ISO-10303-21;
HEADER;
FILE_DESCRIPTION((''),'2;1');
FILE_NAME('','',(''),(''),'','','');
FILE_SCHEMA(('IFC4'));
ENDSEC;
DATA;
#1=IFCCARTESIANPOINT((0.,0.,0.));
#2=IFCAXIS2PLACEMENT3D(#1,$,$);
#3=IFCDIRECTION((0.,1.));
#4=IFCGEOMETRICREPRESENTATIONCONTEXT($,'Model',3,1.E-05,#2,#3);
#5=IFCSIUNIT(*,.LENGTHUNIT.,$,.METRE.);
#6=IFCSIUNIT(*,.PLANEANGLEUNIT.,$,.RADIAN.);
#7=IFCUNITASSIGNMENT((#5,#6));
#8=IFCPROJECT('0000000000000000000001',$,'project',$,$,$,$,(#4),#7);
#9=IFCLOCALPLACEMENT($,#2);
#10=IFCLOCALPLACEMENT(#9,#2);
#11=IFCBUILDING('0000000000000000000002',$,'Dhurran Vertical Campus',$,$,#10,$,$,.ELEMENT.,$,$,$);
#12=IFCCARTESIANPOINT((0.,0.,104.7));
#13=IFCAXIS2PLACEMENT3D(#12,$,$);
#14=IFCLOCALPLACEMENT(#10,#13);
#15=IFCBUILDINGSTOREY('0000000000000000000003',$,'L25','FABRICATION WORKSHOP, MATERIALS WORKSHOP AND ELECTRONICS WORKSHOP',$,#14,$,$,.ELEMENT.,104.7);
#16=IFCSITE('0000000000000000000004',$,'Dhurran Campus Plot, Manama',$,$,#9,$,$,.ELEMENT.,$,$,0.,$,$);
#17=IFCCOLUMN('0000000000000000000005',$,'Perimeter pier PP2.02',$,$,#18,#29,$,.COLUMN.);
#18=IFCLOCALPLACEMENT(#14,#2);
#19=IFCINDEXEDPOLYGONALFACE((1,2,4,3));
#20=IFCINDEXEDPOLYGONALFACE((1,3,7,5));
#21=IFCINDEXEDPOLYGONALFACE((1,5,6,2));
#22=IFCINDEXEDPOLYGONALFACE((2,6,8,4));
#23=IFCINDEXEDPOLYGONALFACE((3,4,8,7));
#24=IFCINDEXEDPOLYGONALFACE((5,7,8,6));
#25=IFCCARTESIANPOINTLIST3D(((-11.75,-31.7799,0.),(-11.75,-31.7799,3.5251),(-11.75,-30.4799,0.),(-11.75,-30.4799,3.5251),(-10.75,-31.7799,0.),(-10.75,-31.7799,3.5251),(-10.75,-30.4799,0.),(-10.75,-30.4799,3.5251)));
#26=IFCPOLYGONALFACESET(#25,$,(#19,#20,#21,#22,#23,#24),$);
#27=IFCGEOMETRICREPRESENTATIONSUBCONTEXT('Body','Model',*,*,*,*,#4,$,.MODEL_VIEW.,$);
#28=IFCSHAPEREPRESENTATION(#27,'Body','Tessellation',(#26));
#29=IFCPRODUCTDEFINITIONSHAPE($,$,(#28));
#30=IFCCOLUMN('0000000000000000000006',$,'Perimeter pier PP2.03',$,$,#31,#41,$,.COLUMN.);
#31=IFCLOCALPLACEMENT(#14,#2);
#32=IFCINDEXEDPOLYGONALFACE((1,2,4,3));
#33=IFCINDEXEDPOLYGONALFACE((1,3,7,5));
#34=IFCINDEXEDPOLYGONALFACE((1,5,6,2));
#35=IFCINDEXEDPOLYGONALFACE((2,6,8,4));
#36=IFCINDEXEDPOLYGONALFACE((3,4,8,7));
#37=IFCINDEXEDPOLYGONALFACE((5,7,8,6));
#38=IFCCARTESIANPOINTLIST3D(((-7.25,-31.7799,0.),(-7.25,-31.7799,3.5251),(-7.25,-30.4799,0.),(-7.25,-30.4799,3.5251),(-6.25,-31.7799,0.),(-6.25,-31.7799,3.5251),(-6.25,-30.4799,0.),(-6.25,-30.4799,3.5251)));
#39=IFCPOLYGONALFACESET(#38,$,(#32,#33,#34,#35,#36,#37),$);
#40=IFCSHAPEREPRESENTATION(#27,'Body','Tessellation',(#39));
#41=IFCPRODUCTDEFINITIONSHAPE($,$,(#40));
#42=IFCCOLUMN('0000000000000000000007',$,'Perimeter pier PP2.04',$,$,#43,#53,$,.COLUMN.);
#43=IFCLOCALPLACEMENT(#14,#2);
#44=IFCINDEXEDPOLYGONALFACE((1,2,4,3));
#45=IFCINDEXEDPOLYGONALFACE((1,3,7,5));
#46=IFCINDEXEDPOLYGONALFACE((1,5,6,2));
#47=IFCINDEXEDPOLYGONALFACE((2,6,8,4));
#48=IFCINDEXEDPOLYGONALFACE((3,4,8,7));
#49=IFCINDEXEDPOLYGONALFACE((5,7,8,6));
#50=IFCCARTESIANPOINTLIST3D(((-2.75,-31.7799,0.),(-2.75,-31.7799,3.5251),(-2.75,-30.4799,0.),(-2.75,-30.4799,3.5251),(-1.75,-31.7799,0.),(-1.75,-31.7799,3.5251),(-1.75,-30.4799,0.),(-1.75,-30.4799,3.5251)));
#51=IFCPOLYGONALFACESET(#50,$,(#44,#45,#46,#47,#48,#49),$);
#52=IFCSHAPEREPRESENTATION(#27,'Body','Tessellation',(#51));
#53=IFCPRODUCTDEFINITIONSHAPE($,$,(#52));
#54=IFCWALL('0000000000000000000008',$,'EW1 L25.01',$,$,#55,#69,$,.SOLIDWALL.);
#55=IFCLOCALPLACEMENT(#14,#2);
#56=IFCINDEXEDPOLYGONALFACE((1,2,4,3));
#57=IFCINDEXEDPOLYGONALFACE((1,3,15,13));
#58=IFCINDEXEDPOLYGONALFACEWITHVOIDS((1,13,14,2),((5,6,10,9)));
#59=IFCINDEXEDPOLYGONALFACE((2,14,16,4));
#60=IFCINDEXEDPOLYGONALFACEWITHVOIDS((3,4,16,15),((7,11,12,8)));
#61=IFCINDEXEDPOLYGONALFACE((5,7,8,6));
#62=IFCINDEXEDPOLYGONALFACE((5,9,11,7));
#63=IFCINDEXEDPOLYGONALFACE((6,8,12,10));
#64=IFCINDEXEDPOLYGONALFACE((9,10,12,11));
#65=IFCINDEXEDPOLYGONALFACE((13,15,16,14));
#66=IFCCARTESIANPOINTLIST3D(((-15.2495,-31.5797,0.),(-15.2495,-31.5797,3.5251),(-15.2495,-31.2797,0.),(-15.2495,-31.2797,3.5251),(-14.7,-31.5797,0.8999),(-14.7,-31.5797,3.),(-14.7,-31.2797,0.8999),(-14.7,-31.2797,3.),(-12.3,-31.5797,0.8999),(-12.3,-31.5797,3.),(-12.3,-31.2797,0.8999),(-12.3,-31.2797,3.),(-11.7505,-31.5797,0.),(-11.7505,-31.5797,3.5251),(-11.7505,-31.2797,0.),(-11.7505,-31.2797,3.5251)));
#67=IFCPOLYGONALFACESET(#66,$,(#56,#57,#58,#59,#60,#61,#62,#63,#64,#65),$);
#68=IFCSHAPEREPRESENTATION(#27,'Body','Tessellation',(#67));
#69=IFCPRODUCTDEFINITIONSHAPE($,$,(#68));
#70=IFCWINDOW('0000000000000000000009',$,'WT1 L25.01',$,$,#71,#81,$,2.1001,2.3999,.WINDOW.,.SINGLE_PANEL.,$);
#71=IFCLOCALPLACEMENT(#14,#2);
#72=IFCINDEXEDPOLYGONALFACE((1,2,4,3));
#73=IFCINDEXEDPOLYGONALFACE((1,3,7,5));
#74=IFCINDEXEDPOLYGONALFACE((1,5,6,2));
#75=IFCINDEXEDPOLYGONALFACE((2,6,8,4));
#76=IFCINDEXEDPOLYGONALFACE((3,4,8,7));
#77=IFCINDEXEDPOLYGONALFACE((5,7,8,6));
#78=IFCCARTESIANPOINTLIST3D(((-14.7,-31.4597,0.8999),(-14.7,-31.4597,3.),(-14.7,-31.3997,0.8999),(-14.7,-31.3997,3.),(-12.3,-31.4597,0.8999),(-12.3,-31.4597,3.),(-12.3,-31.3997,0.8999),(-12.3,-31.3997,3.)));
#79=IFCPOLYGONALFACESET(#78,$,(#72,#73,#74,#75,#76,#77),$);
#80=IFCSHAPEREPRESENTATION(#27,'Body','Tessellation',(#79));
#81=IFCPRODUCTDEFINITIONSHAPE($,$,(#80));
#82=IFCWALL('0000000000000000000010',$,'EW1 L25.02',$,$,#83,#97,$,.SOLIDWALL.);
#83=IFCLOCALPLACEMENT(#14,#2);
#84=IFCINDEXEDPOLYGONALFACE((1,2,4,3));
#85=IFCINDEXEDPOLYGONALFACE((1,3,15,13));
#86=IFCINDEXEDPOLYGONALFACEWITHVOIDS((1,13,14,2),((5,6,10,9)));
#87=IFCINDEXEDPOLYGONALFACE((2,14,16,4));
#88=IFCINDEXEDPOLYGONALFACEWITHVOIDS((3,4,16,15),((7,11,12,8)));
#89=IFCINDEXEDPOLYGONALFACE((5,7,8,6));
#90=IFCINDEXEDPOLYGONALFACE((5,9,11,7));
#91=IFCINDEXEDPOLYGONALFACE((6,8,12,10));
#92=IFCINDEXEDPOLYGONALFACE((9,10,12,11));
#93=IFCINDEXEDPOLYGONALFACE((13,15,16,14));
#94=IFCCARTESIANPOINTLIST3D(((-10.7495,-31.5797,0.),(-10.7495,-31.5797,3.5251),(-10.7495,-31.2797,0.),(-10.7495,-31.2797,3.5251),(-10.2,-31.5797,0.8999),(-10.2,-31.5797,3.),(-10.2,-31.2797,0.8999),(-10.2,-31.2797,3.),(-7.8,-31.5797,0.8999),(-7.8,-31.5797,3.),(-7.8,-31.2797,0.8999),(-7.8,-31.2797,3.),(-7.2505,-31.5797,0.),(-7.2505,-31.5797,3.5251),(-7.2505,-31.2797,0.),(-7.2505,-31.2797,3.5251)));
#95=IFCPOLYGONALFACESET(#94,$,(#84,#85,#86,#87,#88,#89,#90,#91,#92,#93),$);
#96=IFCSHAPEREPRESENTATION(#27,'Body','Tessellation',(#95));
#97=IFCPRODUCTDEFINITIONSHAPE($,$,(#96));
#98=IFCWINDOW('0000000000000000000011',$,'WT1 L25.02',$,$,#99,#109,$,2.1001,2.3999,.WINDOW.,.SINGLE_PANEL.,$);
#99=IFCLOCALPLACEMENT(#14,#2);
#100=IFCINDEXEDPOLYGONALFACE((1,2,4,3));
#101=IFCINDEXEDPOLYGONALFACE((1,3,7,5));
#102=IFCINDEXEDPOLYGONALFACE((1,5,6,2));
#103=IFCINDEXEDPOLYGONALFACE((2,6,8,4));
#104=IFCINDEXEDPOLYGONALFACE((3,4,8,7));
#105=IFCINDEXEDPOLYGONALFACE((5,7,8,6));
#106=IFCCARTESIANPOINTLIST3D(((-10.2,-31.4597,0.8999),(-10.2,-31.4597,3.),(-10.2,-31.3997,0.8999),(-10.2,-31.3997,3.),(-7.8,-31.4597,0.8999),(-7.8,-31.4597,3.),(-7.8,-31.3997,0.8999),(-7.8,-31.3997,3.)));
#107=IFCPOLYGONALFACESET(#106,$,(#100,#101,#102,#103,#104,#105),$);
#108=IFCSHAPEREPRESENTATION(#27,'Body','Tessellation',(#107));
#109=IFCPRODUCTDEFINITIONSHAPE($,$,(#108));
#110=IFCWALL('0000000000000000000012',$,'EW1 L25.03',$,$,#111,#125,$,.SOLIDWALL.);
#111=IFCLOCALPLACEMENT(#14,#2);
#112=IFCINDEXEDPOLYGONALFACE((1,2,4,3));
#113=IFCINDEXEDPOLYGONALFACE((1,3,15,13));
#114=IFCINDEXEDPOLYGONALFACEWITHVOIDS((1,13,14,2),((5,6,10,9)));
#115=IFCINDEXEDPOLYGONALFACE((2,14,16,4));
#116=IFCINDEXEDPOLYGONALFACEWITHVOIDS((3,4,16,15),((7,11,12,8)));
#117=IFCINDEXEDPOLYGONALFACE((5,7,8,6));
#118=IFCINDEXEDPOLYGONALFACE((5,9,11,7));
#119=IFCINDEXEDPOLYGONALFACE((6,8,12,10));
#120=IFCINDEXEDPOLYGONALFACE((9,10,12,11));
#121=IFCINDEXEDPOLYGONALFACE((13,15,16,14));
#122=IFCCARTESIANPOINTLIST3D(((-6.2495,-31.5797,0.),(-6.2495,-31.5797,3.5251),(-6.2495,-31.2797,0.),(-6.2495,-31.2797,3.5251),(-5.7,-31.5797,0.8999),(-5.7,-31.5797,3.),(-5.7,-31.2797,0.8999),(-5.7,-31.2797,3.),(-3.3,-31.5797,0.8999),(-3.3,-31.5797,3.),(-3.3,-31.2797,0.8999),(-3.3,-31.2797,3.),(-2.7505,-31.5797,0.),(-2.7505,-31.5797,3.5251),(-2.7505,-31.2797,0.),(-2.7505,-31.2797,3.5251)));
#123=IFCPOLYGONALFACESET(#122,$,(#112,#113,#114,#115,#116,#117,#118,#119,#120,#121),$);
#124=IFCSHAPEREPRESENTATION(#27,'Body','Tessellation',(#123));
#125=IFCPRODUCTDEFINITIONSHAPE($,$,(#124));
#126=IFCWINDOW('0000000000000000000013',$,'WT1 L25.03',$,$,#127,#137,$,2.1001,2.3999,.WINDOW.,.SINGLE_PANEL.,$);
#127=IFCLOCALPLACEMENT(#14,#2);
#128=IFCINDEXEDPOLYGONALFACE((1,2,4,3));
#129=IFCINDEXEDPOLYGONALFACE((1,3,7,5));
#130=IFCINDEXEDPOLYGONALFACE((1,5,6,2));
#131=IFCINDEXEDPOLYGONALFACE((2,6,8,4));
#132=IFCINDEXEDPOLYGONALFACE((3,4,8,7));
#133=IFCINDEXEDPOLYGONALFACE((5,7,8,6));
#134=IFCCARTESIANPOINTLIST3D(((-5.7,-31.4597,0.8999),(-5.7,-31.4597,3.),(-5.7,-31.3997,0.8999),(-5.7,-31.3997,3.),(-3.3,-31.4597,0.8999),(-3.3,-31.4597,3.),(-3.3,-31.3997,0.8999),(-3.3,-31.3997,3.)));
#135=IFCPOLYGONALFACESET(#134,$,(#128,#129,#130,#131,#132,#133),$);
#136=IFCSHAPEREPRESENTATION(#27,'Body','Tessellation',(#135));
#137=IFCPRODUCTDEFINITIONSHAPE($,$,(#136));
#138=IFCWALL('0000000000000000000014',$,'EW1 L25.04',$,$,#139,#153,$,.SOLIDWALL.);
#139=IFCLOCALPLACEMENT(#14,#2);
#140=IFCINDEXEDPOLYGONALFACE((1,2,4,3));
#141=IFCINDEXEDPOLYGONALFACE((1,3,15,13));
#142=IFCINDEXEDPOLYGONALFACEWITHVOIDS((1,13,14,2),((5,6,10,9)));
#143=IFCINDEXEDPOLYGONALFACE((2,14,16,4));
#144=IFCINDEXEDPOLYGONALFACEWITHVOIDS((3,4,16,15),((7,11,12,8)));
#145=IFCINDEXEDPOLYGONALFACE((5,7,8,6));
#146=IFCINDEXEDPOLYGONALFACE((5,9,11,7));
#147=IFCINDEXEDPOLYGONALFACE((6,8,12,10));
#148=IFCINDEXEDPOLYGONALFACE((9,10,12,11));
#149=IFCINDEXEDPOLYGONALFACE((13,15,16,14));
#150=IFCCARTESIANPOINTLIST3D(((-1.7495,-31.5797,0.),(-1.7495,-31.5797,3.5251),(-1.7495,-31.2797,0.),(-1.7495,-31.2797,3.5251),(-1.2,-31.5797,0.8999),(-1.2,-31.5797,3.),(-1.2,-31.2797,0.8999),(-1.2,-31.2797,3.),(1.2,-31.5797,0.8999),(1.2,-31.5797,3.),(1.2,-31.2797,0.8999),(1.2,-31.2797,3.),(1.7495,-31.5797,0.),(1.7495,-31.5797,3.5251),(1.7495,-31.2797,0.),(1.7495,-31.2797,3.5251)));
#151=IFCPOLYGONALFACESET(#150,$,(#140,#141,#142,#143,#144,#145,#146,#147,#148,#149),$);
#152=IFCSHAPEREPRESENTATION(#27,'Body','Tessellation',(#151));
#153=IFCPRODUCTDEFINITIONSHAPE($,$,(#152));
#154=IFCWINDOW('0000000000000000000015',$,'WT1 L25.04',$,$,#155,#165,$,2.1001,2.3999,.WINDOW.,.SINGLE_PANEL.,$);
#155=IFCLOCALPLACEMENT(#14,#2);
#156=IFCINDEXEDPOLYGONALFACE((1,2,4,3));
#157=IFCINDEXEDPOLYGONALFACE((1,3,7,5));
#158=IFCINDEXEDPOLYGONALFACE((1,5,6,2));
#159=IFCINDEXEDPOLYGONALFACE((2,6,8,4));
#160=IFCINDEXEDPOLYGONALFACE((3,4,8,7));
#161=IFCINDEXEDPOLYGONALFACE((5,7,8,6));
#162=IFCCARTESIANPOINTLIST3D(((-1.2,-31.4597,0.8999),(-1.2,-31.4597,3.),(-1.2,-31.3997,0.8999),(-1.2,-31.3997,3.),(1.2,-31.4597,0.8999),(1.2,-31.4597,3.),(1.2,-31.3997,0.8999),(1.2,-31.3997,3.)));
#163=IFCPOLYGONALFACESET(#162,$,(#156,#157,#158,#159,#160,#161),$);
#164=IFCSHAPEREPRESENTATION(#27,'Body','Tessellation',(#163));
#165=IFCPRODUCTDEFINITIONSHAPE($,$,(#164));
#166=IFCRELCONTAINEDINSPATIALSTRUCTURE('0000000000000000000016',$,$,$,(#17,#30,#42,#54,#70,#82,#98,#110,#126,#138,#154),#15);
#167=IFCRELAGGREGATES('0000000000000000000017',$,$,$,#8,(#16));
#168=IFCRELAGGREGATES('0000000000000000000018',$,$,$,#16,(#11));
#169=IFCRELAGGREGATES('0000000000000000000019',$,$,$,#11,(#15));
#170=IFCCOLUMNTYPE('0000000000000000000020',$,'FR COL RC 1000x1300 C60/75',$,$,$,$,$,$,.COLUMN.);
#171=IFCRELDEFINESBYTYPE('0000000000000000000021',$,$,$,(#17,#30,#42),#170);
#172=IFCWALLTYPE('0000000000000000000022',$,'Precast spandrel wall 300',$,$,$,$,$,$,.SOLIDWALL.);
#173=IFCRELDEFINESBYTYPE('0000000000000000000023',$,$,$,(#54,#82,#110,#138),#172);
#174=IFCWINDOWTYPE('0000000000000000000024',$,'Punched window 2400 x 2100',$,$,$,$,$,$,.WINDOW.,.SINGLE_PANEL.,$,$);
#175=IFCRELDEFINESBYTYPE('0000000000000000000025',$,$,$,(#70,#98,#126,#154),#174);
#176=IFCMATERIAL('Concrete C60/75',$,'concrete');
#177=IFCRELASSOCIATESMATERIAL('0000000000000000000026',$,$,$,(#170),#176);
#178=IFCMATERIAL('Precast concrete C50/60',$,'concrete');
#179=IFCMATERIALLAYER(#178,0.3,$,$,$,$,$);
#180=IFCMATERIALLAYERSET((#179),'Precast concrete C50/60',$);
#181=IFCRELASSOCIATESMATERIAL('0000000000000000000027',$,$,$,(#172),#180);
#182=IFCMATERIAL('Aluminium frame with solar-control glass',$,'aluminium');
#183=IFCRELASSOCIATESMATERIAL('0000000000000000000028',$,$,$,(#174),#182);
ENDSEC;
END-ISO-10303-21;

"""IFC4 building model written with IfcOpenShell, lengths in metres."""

from ifc_helpers import new_model, si_unit, direction, frame, frame_2d, origin, origin_2d, place, context, subcontext, project, spatial, rectangle, extrude, material, layer, layer_set, material_profile, profile_set, type_object, element, fill, save


model = new_model("IFC4")

# Units and contexts
model_context = context("Model", 3, precision=1e-05, world=origin(), true_north=direction((0.0, 1.0)))
body_context = subcontext(model_context, "Body", "Model", "MODEL_VIEW")
ifc_project = project(units=[si_unit("LENGTHUNIT", "METRE"), si_unit("PLANEANGLEUNIT", "RADIAN")], contexts=[model_context])

# Site, building, storey
site_placement = place(None, origin())
site = spatial("IfcSite", under=ifc_project, at=site_placement, Name="Dhurran Campus Plot, Manama", CompositionType="ELEMENT", RefElevation=0.0)
building_placement = place(site_placement, origin())
building = spatial("IfcBuilding", under=site, at=building_placement, Name="Dhurran Vertical Campus", CompositionType="ELEMENT")
storey_placement = place(building_placement, frame((0.0, 0.0, 104.7)))
storey = spatial("IfcBuildingStorey", under=building, at=storey_placement, Name="L25", Description="FABRICATION WORKSHOP, MATERIALS WORKSHOP AND ELECTRONICS WORKSHOP", CompositionType="ELEMENT", Elevation=104.7)

# Columns
ifc_material_1 = material(Name="Concrete C60/75", Category="concrete")
ifc_material_profile = material_profile(ifc_material_1, rectangle(XDim=1.0, YDim=1.3, at=origin_2d()), Name="RC 1000x1300")
ifc_profile_set = profile_set([ifc_material_profile], Name="Concrete C60/75")
column_type = type_object("IfcColumnType", Name="FR COL RC 1000x1300 C60/75", PredefinedType="COLUMN", material=ifc_profile_set)
for number, where, z_axis, x_axis, name in (
    (1, (-11.25, -31.1299, 0.0), (0.0, 0.0, 1.0), (1.0, 0.0, 0.0), "Perimeter pier PP2.02"),
    (2, (-6.75, -31.1299, 0.0), (0.0, 0.0, 1.0), (1.0, 0.0, 0.0), "Perimeter pier PP2.03"),
    (3, (-2.25, -31.1299, 0.0), (0.0, 0.0, 1.0), (1.0, 0.0, 0.0), "Perimeter pier PP2.04"),
):
    element("IfcColumn", number, at=place(storey_placement, frame(where, z_axis=z_axis, x_axis=x_axis)), inside=storey, type_object=column_type, Name=name, PredefinedType="COLUMN", context=body_context, shape_type="SweptSolid", body=[
        extrude(rectangle(XDim=1.0, YDim=1.3, at=origin_2d()), origin(), (0.0, 0.0, 1.0), 3.5251),
    ])

# Walls, openings, windows
ifc_material_2 = material(Name="Precast concrete C50/60", Category="concrete")
ifc_layer_1 = layer(ifc_material_2, 0.3)
ifc_layer_set_1 = layer_set([ifc_layer_1], Name="Precast concrete C50/60")
wall_type_1 = type_object("IfcWallType", Name="Precast spandrel wall 300", PredefinedType="SOLIDWALL", material=ifc_layer_set_1)
wall_1_placement = place(storey_placement, frame((-15.2495, -31.4297, 0.0), z_axis=(0.0, 0.0, 1.0), x_axis=(1.0, 0.0, 0.0)))
wall_1 = element("IfcWall", 4, at=wall_1_placement, inside=storey, type_object=wall_type_1, Name="EW1 L25.01", PredefinedType="SOLIDWALL", context=body_context, shape_type="SweptSolid", body=[
    extrude(rectangle(XDim=3.499, YDim=0.3, at=frame_2d((1.7495, 0.0))), origin(), (0.0, 0.0, 1.0), 3.5251),
])
opening_1_placement = place(wall_1_placement, frame((0.5496, 0.0, 0.8999)))
opening_1 = element("IfcOpeningElement", 5, at=opening_1_placement, cuts=wall_1, PredefinedType="OPENING", context=body_context, shape_type="SweptSolid", body=[
    extrude(rectangle(XDim=2.3999, YDim=2.1001, at=frame_2d((1.2, 1.05))), frame((0.0, 0.1599, 0.0), z_axis=(0.0, -1.0, 0.0), x_axis=(1.0, 0.0, 0.0)), (0.0, 0.0, 1.0), 0.3201),
])
ifc_material_3 = material(Name="Aluminium frame with solar-control glass", Category="aluminium")
window_type = type_object("IfcWindowType", Name="Punched window 2400 x 2100", PartitioningType="SINGLE_PANEL", PredefinedType="WINDOW", material=ifc_material_3)
window_1_placement = place(opening_1_placement, origin())
window_1 = element("IfcWindow", 6, at=window_1_placement, inside=storey, type_object=window_type, Name="WT1 L25.01", OverallHeight=2.1001, OverallWidth=2.3999, PartitioningType="SINGLE_PANEL", PredefinedType="WINDOW", context=body_context, shape_type="SweptSolid", body=[
    extrude(rectangle(XDim=2.3999, YDim=2.1001, at=frame_2d((1.2, 1.05))), frame((0.0, 0.03, 0.0), z_axis=(0.0, -1.0, 0.0), x_axis=(1.0, 0.0, 0.0)), (0.0, 0.0, 1.0), 0.0601),
])
fill(opening_1, window_1)
wall_2_placement = place(storey_placement, frame((-10.7495, -31.4297, 0.0), z_axis=(0.0, 0.0, 1.0), x_axis=(1.0, 0.0, 0.0)))
wall_2 = element("IfcWall", 7, at=wall_2_placement, inside=storey, type_object=wall_type_1, Name="EW1 L25.02", PredefinedType="SOLIDWALL", context=body_context, shape_type="SweptSolid", body=[
    extrude(rectangle(XDim=3.499, YDim=0.3, at=frame_2d((1.7495, 0.0))), origin(), (0.0, 0.0, 1.0), 3.5251),
])
opening_2_placement = place(wall_2_placement, frame((0.5496, 0.0, 0.8999)))
opening_2 = element("IfcOpeningElement", 8, at=opening_2_placement, cuts=wall_2, PredefinedType="OPENING", context=body_context, shape_type="SweptSolid", body=[
    extrude(rectangle(XDim=2.3999, YDim=2.1001, at=frame_2d((1.2, 1.05))), frame((0.0, 0.1599, 0.0), z_axis=(0.0, -1.0, 0.0), x_axis=(1.0, 0.0, 0.0)), (0.0, 0.0, 1.0), 0.3201),
])
window_2_placement = place(opening_2_placement, origin())
window_2 = element("IfcWindow", 9, at=window_2_placement, inside=storey, type_object=window_type, Name="WT1 L25.02", OverallHeight=2.1001, OverallWidth=2.3999, PartitioningType="SINGLE_PANEL", PredefinedType="WINDOW", context=body_context, shape_type="SweptSolid", body=[
    extrude(rectangle(XDim=2.3999, YDim=2.1001, at=frame_2d((1.2, 1.05))), frame((0.0, 0.03, 0.0), z_axis=(0.0, -1.0, 0.0), x_axis=(1.0, 0.0, 0.0)), (0.0, 0.0, 1.0), 0.0601),
])
fill(opening_2, window_2)
wall_3_placement = place(storey_placement, frame((-6.2495, -31.4297, 0.0), z_axis=(0.0, 0.0, 1.0), x_axis=(1.0, 0.0, 0.0)))
wall_3 = element("IfcWall", 10, at=wall_3_placement, inside=storey, type_object=wall_type_1, Name="EW1 L25.03", PredefinedType="SOLIDWALL", context=body_context, shape_type="SweptSolid", body=[
    extrude(rectangle(XDim=3.499, YDim=0.3, at=frame_2d((1.7495, 0.0))), origin(), (0.0, 0.0, 1.0), 3.5251),
])
opening_3_placement = place(wall_3_placement, frame((0.5496, 0.0, 0.8999)))
opening_3 = element("IfcOpeningElement", 11, at=opening_3_placement, cuts=wall_3, PredefinedType="OPENING", context=body_context, shape_type="SweptSolid", body=[
    extrude(rectangle(XDim=2.3999, YDim=2.1001, at=frame_2d((1.2, 1.05))), frame((0.0, 0.1599, 0.0), z_axis=(0.0, -1.0, 0.0), x_axis=(1.0, 0.0, 0.0)), (0.0, 0.0, 1.0), 0.3201),
])
window_3_placement = place(opening_3_placement, origin())
window_3 = element("IfcWindow", 12, at=window_3_placement, inside=storey, type_object=window_type, Name="WT1 L25.03", OverallHeight=2.1001, OverallWidth=2.3999, PartitioningType="SINGLE_PANEL", PredefinedType="WINDOW", context=body_context, shape_type="SweptSolid", body=[
    extrude(rectangle(XDim=2.3999, YDim=2.1001, at=frame_2d((1.2, 1.05))), frame((0.0, 0.03, 0.0), z_axis=(0.0, -1.0, 0.0), x_axis=(1.0, 0.0, 0.0)), (0.0, 0.0, 1.0), 0.0601),
])
fill(opening_3, window_3)
wall_4_placement = place(storey_placement, frame((-1.7495, -31.4297, 0.0), z_axis=(0.0, 0.0, 1.0), x_axis=(1.0, 0.0, 0.0)))
wall_4 = element("IfcWall", 13, at=wall_4_placement, inside=storey, type_object=wall_type_1, Name="EW1 L25.04", PredefinedType="SOLIDWALL", context=body_context, shape_type="SweptSolid", body=[
    extrude(rectangle(XDim=3.499, YDim=0.3, at=frame_2d((1.7495, 0.0))), origin(), (0.0, 0.0, 1.0), 3.5251),
])
opening_4_placement = place(wall_4_placement, frame((0.5496, 0.0, 0.8999)))
opening_4 = element("IfcOpeningElement", 14, at=opening_4_placement, cuts=wall_4, PredefinedType="OPENING", context=body_context, shape_type="SweptSolid", body=[
    extrude(rectangle(XDim=2.3999, YDim=2.1001, at=frame_2d((1.2, 1.05))), frame((0.0, 0.1599, 0.0), z_axis=(0.0, -1.0, 0.0), x_axis=(1.0, 0.0, 0.0)), (0.0, 0.0, 1.0), 0.3201),
])
window_4_placement = place(opening_4_placement, origin())
window_4 = element("IfcWindow", 15, at=window_4_placement, inside=storey, type_object=window_type, Name="WT1 L25.04", OverallHeight=2.1001, OverallWidth=2.3999, PartitioningType="SINGLE_PANEL", PredefinedType="WINDOW", context=body_context, shape_type="SweptSolid", body=[
    extrude(rectangle(XDim=2.3999, YDim=2.1001, at=frame_2d((1.2, 1.05))), frame((0.0, 0.03, 0.0), z_axis=(0.0, -1.0, 0.0), x_axis=(1.0, 0.0, 0.0)), (0.0, 0.0, 1.0), 0.0601),
])
fill(opening_4, window_4)

save(model, "model.ifc")
